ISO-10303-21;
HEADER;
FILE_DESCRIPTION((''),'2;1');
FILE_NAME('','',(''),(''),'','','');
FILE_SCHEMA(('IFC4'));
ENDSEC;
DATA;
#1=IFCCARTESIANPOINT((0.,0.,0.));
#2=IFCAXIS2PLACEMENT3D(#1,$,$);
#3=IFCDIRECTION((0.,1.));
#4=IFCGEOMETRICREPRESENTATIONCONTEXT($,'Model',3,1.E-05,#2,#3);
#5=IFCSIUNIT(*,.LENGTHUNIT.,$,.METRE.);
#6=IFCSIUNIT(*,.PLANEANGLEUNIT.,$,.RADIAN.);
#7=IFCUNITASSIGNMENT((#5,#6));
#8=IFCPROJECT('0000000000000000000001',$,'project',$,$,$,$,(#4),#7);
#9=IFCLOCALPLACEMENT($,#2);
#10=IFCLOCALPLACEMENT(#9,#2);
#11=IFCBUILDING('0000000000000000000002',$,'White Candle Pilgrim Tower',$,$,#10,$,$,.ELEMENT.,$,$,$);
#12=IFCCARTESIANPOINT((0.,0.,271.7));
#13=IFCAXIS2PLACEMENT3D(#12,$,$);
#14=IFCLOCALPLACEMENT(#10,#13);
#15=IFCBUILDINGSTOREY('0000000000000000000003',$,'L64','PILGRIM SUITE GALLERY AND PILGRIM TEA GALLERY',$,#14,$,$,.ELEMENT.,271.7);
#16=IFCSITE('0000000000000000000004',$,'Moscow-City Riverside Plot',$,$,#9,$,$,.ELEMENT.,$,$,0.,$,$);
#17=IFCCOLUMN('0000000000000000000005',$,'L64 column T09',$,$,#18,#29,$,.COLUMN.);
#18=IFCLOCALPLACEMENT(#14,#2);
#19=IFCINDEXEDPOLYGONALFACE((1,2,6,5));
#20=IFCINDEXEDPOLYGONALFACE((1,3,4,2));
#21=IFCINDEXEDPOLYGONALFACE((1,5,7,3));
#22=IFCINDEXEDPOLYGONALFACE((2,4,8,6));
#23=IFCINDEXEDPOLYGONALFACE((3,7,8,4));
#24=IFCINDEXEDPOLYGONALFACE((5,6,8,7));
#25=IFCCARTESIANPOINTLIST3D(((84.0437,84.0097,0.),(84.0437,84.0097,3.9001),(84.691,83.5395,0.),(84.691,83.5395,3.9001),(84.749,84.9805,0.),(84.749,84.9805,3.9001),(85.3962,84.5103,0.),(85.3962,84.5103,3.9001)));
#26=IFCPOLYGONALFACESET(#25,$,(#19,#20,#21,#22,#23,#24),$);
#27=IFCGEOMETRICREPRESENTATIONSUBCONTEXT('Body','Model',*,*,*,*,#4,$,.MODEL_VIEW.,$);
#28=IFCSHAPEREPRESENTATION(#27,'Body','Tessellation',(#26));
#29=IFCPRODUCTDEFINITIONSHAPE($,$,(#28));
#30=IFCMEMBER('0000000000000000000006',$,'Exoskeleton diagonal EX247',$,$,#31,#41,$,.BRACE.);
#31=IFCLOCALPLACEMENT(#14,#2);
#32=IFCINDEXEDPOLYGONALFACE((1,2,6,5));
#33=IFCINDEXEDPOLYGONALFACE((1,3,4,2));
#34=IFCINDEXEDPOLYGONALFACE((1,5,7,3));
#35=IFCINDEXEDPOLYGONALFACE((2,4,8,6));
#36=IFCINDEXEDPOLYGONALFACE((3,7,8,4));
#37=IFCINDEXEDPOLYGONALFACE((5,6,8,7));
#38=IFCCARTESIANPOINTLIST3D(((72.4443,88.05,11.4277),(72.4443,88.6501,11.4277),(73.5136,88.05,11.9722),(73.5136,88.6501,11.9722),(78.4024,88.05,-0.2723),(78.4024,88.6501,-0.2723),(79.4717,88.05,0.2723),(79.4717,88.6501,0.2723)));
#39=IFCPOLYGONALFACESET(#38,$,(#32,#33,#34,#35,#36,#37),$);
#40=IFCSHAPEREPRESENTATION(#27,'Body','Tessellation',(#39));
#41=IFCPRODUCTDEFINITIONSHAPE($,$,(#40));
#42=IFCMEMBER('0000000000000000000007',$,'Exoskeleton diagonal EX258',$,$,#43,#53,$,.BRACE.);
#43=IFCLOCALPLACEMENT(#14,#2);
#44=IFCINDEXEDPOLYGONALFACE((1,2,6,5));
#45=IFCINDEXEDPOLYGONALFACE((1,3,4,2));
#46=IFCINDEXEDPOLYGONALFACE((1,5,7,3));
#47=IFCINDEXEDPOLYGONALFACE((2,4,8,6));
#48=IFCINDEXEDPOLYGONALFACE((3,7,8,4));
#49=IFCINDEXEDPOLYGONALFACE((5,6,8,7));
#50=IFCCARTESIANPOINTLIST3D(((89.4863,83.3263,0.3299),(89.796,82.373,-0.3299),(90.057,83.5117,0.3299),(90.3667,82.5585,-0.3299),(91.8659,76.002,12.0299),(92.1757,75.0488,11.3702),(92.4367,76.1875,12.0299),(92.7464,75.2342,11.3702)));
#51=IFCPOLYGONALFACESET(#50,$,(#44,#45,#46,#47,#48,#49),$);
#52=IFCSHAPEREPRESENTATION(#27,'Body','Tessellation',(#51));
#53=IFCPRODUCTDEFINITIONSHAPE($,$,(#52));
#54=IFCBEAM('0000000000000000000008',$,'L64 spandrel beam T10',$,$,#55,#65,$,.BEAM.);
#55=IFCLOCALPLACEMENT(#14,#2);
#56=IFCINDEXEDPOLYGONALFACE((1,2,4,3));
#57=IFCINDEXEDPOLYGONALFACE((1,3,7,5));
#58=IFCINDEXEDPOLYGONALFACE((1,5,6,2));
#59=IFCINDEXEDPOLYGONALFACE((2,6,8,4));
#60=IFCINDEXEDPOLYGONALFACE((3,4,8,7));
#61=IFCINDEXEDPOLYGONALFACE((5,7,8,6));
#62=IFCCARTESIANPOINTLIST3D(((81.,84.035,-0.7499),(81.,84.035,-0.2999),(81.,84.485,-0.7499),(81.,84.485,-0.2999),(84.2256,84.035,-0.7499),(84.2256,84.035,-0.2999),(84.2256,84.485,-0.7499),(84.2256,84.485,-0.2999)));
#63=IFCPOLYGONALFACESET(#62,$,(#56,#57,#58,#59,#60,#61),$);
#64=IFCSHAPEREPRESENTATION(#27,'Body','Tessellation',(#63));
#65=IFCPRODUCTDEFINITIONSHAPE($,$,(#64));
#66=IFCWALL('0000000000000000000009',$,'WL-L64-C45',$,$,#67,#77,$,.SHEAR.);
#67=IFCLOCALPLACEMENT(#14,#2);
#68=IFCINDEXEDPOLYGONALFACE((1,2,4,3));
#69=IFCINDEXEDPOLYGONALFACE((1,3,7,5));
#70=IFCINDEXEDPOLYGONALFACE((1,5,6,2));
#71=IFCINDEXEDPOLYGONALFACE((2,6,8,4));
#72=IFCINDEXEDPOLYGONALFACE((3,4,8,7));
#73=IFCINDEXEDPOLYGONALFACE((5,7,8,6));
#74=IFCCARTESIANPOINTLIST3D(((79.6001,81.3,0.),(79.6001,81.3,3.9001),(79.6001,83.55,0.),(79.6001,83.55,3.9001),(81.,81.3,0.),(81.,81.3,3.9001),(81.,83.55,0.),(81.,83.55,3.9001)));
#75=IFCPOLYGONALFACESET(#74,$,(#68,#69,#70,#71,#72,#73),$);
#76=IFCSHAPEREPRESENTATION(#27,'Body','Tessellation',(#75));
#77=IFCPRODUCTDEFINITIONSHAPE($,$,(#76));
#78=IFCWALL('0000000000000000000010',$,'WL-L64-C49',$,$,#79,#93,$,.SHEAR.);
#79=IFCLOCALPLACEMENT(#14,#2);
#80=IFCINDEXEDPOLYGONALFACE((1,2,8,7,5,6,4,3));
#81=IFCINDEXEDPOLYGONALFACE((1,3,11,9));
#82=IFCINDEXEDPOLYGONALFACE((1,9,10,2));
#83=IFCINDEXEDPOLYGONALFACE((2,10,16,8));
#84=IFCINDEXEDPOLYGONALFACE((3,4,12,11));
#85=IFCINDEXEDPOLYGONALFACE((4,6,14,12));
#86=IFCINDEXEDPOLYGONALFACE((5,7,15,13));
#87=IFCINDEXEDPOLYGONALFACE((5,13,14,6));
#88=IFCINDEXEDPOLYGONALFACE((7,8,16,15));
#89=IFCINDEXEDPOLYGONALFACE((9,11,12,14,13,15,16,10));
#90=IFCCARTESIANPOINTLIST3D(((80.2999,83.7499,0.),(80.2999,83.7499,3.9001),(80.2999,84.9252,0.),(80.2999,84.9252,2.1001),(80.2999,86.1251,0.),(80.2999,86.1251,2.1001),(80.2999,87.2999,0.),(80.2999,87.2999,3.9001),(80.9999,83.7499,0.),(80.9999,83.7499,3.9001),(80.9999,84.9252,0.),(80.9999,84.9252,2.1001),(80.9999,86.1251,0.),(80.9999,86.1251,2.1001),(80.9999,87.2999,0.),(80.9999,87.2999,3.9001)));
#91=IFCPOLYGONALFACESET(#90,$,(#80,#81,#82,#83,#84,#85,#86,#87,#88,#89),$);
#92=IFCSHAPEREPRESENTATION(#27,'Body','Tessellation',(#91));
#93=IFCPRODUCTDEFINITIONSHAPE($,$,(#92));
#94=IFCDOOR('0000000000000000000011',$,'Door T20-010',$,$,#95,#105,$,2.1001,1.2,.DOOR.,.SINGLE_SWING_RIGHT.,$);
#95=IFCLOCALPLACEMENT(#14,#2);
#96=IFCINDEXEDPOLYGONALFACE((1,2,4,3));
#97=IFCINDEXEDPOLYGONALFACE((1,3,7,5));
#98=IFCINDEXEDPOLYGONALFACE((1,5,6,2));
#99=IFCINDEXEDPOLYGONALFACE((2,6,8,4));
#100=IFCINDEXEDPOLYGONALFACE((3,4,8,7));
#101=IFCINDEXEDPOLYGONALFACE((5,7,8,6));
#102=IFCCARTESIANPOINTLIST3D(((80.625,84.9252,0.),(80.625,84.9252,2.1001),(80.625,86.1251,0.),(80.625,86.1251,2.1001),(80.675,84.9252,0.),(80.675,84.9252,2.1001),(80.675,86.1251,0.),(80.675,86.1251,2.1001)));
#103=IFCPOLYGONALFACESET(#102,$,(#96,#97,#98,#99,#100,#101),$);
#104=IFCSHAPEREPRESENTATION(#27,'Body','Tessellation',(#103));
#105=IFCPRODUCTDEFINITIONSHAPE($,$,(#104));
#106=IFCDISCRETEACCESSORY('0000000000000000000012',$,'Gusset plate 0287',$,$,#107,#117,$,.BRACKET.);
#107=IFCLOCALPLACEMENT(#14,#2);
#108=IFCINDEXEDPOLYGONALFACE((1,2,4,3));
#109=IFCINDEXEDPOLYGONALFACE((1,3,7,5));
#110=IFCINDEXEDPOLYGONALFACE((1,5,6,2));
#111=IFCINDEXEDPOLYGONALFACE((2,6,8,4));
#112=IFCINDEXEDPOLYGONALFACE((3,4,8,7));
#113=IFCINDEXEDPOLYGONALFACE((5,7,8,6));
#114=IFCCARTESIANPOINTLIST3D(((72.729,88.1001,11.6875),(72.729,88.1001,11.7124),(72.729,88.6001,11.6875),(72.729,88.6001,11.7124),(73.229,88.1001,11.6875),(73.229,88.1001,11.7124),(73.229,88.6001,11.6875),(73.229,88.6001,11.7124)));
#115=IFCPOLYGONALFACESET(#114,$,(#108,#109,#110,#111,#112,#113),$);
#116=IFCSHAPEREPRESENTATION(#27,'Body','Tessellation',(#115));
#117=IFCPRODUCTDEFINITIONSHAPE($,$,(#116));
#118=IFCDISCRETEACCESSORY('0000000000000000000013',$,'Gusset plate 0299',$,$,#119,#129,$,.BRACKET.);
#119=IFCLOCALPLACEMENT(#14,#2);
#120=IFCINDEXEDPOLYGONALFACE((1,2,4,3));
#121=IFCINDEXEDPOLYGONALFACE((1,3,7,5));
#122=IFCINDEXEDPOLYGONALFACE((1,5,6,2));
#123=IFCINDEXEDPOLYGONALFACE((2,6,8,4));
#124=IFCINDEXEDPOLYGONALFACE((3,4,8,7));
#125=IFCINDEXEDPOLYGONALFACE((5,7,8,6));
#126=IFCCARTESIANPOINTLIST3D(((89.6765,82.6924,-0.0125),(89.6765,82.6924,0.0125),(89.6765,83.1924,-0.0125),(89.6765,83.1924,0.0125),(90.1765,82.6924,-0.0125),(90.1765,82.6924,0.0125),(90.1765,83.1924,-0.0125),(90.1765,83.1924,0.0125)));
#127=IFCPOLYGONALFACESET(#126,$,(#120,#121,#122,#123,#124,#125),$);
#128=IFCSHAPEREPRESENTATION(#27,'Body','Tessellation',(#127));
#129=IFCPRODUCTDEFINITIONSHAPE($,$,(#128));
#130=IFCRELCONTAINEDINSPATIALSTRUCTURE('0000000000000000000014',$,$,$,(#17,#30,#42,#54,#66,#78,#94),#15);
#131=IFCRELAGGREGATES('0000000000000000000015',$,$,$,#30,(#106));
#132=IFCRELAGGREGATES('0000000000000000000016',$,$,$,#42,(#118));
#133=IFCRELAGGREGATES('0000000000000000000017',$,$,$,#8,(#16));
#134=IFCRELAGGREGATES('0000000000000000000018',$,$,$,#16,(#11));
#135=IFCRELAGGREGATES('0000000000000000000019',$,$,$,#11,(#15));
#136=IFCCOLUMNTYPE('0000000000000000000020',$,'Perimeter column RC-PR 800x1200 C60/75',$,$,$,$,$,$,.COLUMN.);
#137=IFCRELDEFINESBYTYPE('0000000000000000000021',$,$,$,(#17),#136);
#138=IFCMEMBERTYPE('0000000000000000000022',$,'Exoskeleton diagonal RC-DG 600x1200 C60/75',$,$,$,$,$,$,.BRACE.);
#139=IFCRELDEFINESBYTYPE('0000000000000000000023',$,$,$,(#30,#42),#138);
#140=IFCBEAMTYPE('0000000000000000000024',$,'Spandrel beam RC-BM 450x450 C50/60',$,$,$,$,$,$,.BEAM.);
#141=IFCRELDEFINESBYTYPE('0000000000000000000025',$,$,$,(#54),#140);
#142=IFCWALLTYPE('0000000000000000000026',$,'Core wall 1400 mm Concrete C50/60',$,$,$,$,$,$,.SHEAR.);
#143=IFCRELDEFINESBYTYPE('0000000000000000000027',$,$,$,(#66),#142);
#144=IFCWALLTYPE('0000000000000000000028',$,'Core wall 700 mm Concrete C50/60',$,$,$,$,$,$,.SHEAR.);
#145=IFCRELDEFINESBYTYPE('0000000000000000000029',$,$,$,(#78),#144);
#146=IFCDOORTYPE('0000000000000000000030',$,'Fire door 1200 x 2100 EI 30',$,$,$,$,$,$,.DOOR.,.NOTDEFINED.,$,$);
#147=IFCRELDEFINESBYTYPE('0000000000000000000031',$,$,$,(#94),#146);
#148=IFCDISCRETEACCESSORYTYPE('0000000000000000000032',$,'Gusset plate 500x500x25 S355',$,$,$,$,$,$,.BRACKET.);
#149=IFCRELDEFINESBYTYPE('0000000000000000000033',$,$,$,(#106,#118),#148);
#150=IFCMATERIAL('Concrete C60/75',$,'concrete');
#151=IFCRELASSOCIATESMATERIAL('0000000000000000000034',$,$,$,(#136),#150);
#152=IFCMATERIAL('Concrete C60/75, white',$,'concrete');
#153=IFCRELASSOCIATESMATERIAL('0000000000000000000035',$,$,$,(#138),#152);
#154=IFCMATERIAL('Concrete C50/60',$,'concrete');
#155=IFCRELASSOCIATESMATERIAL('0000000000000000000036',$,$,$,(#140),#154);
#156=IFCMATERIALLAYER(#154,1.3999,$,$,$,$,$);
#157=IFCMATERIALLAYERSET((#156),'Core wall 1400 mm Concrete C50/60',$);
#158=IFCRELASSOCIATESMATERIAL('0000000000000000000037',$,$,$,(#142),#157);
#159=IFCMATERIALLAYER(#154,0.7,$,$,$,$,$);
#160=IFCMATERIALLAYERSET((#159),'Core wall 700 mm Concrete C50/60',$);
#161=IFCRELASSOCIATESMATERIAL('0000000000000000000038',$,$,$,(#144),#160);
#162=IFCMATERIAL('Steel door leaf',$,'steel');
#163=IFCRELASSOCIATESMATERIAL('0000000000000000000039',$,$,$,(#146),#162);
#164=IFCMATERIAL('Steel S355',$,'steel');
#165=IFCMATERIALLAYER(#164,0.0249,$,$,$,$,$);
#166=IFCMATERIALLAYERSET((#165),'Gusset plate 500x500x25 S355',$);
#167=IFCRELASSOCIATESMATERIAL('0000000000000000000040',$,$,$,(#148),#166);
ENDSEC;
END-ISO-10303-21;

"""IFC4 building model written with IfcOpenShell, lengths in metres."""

from ifc_helpers import new_model, si_unit, direction, frame, frame_2d, origin, origin_2d, place, context, subcontext, project, spatial, rectangle, extrude, material, layer, layer_set, material_profile, profile_set, type_object, element, fill, aggregate, save


model = new_model("IFC4")

# Units and contexts
model_context = context("Model", 3, precision=1e-05, world=origin(), true_north=direction((0.0, 1.0)))
body_context = subcontext(model_context, "Body", "Model", "MODEL_VIEW")
ifc_project = project(units=[si_unit("LENGTHUNIT", "METRE"), si_unit("PLANEANGLEUNIT", "RADIAN")], contexts=[model_context])

# Site, building, storey
site_placement = place(None, origin())
site = spatial("IfcSite", under=ifc_project, at=site_placement, Name="Moscow-City Riverside Plot", CompositionType="ELEMENT", RefElevation=0.0)
building_placement = place(site_placement, origin())
building = spatial("IfcBuilding", under=site, at=building_placement, Name="White Candle Pilgrim Tower", CompositionType="ELEMENT")
storey_placement = place(building_placement, frame((0.0, 0.0, 271.7)))
storey = spatial("IfcBuildingStorey", under=building, at=storey_placement, Name="L64", Description="PILGRIM SUITE GALLERY AND PILGRIM TEA GALLERY", CompositionType="ELEMENT", Elevation=271.7)

# Column
ifc_material_1 = material(Name="Concrete C60/75", Category="concrete")
ifc_material_profile_1 = material_profile(ifc_material_1, rectangle(XDim=0.8, YDim=1.2, at=origin_2d()), Name="RC-PR 800x1200")
ifc_profile_set_1 = profile_set([ifc_material_profile_1], Name="Concrete C60/75")
column_type = type_object("IfcColumnType", Name="Perimeter column RC-PR 800x1200 C60/75", PredefinedType="COLUMN", material=ifc_profile_set_1)
column_placement = place(storey_placement, frame((84.72, 84.26, 0.0), z_axis=(0.0, 0.0, 1.0), x_axis=(0.809027, -0.587771, 0.0)))
element("IfcColumn", 1, at=column_placement, inside=storey, type_object=column_type, Name="L64 column T09", PredefinedType="COLUMN", context=body_context, shape_type="SweptSolid", body=[
    extrude(rectangle(XDim=0.8, YDim=1.2, at=origin_2d()), origin(), (0.0, 0.0, 1.0), 3.9001),
])

# Members
ifc_material_2 = material(Name="Concrete C60/75, white", Category="concrete")
ifc_material_profile_2 = material_profile(ifc_material_2, rectangle(XDim=0.6001, YDim=1.2, at=origin_2d()), Name="RC-DG 600x1200")
ifc_profile_set_2 = profile_set([ifc_material_profile_2], Name="Concrete C60/75, white")
member_type = type_object("IfcMemberType", Name="Exoskeleton diagonal RC-DG 600x1200 C60/75", PredefinedType="BRACE", material=ifc_profile_set_2)
member_1_placement = place(storey_placement, frame((78.937, 88.3501, 0.0), z_axis=(-0.453784, 0.0, 0.891112), x_axis=(0.0, -1.0, 0.0)))
member_1 = element("IfcMember", 2, at=member_1_placement, inside=storey, type_object=member_type, Name="Exoskeleton diagonal EX247", PredefinedType="BRACE", context=body_context, shape_type="SweptSolid", body=[
    extrude(rectangle(XDim=0.6001, YDim=1.2, at=origin_2d()), origin(), (0.0, 0.0, 1.0), 13.1296),
])
member_2_placement = place(storey_placement, frame((89.9265, 82.9424, 0.0), z_axis=(0.169889, -0.522897, 0.835294), x_axis=(0.951062, 0.309, 0.0)))
member_2 = element("IfcMember", 3, at=member_2_placement, inside=storey, type_object=member_type, Name="Exoskeleton diagonal EX258", PredefinedType="BRACE", context=body_context, shape_type="SweptSolid", body=[
    extrude(rectangle(XDim=0.6001, YDim=1.2, at=origin_2d()), origin(), (0.0, 0.0, 1.0), 14.0071),
])

# Beam
ifc_material_3 = material(Name="Concrete C50/60", Category="concrete")
ifc_material_profile_3 = material_profile(ifc_material_3, rectangle(XDim=0.45, YDim=0.45, at=origin_2d()), Name="RC-BM 450x450")
ifc_profile_set_3 = profile_set([ifc_material_profile_3], Name="Concrete C50/60")
beam_type = type_object("IfcBeamType", Name="Spandrel beam RC-BM 450x450 C50/60", PredefinedType="BEAM", material=ifc_profile_set_3)
beam_placement = place(storey_placement, frame((84.2256, 84.26, -0.5249), z_axis=(-1.0, 0.0, 0.0), x_axis=(0.0, -1.0, 0.0)))
element("IfcBeam", 4, at=beam_placement, inside=storey, type_object=beam_type, Name="L64 spandrel beam T10", PredefinedType="BEAM", context=body_context, shape_type="SweptSolid", body=[
    extrude(rectangle(XDim=0.45, YDim=0.45, at=origin_2d()), origin(), (0.0, 0.0, 1.0), 3.2256),
])

# Wall
ifc_layer_1 = layer(ifc_material_3, 1.3999)
ifc_layer_set_1 = layer_set([ifc_layer_1], Name="Core wall 1400 mm Concrete C50/60")
wall_type_1 = type_object("IfcWallType", Name="Core wall 1400 mm Concrete C50/60", PredefinedType="SHEAR", material=ifc_layer_set_1)
wall_1_placement = place(storey_placement, frame((80.3, 81.3, 0.0), z_axis=(0.0, 0.0, 1.0), x_axis=(0.0, 1.0, 0.0)))
element("IfcWall", 5, at=wall_1_placement, inside=storey, type_object=wall_type_1, Name="WL-L64-C45", PredefinedType="SHEAR", context=body_context, shape_type="SweptSolid", body=[
    extrude(rectangle(XDim=2.25, YDim=1.3999, at=frame_2d((1.125, 0.0))), origin(), (0.0, 0.0, 1.0), 3.9001),
])

# Wall, opening, door
ifc_layer_2 = layer(ifc_material_3, 0.7)
ifc_layer_set_2 = layer_set([ifc_layer_2], Name="Core wall 700 mm Concrete C50/60")
wall_type_2 = type_object("IfcWallType", Name="Core wall 700 mm Concrete C50/60", PredefinedType="SHEAR", material=ifc_layer_set_2)
wall_2_placement = place(storey_placement, frame((80.6499, 83.75, 0.0), z_axis=(0.0, 0.0, 1.0), x_axis=(0.0, 1.0, 0.0)))
wall_2 = element("IfcWall", 6, at=wall_2_placement, inside=storey, type_object=wall_type_2, Name="WL-L64-C49", PredefinedType="SHEAR", context=body_context, shape_type="SweptSolid", body=[
    extrude(rectangle(XDim=3.55, YDim=0.7, at=frame_2d((1.7749, 0.0))), origin(), (0.0, 0.0, 1.0), 3.9001),
])
opening_1_placement = place(wall_2_placement, frame((1.175, 0.0, 0.0)))
opening_1 = element("IfcOpeningElement", 7, at=opening_1_placement, cuts=wall_2, PredefinedType="OPENING", context=body_context, shape_type="SweptSolid", body=[
    extrude(rectangle(XDim=1.2, YDim=2.1001, at=frame_2d((0.6001, 1.05))), frame((0.0, 0.3599, 0.0), z_axis=(0.0, -1.0, 0.0), x_axis=(1.0, 0.0, 0.0)), (0.0, 0.0, 1.0), 0.72),
])
ifc_material_4 = material(Name="Steel door leaf", Category="steel")
door_type_1 = type_object("IfcDoorType", Name="Fire door 1200 x 2100 EI 30", OperationType="NOTDEFINED", PredefinedType="DOOR", material=ifc_material_4)
door_1_placement = place(opening_1_placement, origin())
door_1 = element("IfcDoor", 8, at=door_1_placement, inside=storey, type_object=door_type_1, Name="Door T20-010", OperationType="SINGLE_SWING_RIGHT", OverallHeight=2.1001, OverallWidth=1.2, PredefinedType="DOOR", context=body_context, shape_type="SweptSolid", body=[
    extrude(rectangle(XDim=1.2, YDim=2.1001, at=frame_2d((0.6001, 1.05))), frame((0.0, 0.0249, 0.0), z_axis=(0.0, -1.0, 0.0), x_axis=(1.0, 0.0, 0.0)), (0.0, 0.0, 1.0), 0.05),
])
fill(opening_1, door_1)

# Discrete accessories
ifc_material_5 = material(Name="Steel S355", Category="steel")
ifc_layer_3 = layer(ifc_material_5, 0.0249)
ifc_layer_set_3 = layer_set([ifc_layer_3], Name="Gusset plate 500x500x25 S355")
discrete_accessory_type = type_object("IfcDiscreteAccessoryType", Name="Gusset plate 500x500x25 S355", PredefinedType="BRACKET", material=ifc_layer_set_3)
placement = place(building_placement, frame((0.0, 0.0, 283.3999)))
discrete_accessory_1_placement = place(placement, frame((72.979, 88.3501, -0.0125), z_axis=(0.0, 0.0, 1.0), x_axis=(1.0, 0.0, 0.0)))
discrete_accessory_1 = element("IfcDiscreteAccessory", 9, at=discrete_accessory_1_placement, type_object=discrete_accessory_type, Name="Gusset plate 0287", PredefinedType="BRACKET", context=body_context, shape_type="SweptSolid", body=[
    extrude(rectangle(XDim=0.5, YDim=0.5, at=origin_2d()), origin(), (0.0, 0.0, 1.0), 0.0249),
])
aggregate(member_1, [discrete_accessory_1])
discrete_accessory_2_placement = place(storey_placement, frame((89.9265, 82.9424, -0.0125), z_axis=(0.0, 0.0, 1.0), x_axis=(1.0, 0.0, 0.0)))
discrete_accessory_2 = element("IfcDiscreteAccessory", 10, at=discrete_accessory_2_placement, type_object=discrete_accessory_type, Name="Gusset plate 0299", PredefinedType="BRACKET", context=body_context, shape_type="SweptSolid", body=[
    extrude(rectangle(XDim=0.5, YDim=0.5, at=origin_2d()), origin(), (0.0, 0.0, 1.0), 0.0249),
])
aggregate(member_2, [discrete_accessory_2])

save(model, "model.ifc")
